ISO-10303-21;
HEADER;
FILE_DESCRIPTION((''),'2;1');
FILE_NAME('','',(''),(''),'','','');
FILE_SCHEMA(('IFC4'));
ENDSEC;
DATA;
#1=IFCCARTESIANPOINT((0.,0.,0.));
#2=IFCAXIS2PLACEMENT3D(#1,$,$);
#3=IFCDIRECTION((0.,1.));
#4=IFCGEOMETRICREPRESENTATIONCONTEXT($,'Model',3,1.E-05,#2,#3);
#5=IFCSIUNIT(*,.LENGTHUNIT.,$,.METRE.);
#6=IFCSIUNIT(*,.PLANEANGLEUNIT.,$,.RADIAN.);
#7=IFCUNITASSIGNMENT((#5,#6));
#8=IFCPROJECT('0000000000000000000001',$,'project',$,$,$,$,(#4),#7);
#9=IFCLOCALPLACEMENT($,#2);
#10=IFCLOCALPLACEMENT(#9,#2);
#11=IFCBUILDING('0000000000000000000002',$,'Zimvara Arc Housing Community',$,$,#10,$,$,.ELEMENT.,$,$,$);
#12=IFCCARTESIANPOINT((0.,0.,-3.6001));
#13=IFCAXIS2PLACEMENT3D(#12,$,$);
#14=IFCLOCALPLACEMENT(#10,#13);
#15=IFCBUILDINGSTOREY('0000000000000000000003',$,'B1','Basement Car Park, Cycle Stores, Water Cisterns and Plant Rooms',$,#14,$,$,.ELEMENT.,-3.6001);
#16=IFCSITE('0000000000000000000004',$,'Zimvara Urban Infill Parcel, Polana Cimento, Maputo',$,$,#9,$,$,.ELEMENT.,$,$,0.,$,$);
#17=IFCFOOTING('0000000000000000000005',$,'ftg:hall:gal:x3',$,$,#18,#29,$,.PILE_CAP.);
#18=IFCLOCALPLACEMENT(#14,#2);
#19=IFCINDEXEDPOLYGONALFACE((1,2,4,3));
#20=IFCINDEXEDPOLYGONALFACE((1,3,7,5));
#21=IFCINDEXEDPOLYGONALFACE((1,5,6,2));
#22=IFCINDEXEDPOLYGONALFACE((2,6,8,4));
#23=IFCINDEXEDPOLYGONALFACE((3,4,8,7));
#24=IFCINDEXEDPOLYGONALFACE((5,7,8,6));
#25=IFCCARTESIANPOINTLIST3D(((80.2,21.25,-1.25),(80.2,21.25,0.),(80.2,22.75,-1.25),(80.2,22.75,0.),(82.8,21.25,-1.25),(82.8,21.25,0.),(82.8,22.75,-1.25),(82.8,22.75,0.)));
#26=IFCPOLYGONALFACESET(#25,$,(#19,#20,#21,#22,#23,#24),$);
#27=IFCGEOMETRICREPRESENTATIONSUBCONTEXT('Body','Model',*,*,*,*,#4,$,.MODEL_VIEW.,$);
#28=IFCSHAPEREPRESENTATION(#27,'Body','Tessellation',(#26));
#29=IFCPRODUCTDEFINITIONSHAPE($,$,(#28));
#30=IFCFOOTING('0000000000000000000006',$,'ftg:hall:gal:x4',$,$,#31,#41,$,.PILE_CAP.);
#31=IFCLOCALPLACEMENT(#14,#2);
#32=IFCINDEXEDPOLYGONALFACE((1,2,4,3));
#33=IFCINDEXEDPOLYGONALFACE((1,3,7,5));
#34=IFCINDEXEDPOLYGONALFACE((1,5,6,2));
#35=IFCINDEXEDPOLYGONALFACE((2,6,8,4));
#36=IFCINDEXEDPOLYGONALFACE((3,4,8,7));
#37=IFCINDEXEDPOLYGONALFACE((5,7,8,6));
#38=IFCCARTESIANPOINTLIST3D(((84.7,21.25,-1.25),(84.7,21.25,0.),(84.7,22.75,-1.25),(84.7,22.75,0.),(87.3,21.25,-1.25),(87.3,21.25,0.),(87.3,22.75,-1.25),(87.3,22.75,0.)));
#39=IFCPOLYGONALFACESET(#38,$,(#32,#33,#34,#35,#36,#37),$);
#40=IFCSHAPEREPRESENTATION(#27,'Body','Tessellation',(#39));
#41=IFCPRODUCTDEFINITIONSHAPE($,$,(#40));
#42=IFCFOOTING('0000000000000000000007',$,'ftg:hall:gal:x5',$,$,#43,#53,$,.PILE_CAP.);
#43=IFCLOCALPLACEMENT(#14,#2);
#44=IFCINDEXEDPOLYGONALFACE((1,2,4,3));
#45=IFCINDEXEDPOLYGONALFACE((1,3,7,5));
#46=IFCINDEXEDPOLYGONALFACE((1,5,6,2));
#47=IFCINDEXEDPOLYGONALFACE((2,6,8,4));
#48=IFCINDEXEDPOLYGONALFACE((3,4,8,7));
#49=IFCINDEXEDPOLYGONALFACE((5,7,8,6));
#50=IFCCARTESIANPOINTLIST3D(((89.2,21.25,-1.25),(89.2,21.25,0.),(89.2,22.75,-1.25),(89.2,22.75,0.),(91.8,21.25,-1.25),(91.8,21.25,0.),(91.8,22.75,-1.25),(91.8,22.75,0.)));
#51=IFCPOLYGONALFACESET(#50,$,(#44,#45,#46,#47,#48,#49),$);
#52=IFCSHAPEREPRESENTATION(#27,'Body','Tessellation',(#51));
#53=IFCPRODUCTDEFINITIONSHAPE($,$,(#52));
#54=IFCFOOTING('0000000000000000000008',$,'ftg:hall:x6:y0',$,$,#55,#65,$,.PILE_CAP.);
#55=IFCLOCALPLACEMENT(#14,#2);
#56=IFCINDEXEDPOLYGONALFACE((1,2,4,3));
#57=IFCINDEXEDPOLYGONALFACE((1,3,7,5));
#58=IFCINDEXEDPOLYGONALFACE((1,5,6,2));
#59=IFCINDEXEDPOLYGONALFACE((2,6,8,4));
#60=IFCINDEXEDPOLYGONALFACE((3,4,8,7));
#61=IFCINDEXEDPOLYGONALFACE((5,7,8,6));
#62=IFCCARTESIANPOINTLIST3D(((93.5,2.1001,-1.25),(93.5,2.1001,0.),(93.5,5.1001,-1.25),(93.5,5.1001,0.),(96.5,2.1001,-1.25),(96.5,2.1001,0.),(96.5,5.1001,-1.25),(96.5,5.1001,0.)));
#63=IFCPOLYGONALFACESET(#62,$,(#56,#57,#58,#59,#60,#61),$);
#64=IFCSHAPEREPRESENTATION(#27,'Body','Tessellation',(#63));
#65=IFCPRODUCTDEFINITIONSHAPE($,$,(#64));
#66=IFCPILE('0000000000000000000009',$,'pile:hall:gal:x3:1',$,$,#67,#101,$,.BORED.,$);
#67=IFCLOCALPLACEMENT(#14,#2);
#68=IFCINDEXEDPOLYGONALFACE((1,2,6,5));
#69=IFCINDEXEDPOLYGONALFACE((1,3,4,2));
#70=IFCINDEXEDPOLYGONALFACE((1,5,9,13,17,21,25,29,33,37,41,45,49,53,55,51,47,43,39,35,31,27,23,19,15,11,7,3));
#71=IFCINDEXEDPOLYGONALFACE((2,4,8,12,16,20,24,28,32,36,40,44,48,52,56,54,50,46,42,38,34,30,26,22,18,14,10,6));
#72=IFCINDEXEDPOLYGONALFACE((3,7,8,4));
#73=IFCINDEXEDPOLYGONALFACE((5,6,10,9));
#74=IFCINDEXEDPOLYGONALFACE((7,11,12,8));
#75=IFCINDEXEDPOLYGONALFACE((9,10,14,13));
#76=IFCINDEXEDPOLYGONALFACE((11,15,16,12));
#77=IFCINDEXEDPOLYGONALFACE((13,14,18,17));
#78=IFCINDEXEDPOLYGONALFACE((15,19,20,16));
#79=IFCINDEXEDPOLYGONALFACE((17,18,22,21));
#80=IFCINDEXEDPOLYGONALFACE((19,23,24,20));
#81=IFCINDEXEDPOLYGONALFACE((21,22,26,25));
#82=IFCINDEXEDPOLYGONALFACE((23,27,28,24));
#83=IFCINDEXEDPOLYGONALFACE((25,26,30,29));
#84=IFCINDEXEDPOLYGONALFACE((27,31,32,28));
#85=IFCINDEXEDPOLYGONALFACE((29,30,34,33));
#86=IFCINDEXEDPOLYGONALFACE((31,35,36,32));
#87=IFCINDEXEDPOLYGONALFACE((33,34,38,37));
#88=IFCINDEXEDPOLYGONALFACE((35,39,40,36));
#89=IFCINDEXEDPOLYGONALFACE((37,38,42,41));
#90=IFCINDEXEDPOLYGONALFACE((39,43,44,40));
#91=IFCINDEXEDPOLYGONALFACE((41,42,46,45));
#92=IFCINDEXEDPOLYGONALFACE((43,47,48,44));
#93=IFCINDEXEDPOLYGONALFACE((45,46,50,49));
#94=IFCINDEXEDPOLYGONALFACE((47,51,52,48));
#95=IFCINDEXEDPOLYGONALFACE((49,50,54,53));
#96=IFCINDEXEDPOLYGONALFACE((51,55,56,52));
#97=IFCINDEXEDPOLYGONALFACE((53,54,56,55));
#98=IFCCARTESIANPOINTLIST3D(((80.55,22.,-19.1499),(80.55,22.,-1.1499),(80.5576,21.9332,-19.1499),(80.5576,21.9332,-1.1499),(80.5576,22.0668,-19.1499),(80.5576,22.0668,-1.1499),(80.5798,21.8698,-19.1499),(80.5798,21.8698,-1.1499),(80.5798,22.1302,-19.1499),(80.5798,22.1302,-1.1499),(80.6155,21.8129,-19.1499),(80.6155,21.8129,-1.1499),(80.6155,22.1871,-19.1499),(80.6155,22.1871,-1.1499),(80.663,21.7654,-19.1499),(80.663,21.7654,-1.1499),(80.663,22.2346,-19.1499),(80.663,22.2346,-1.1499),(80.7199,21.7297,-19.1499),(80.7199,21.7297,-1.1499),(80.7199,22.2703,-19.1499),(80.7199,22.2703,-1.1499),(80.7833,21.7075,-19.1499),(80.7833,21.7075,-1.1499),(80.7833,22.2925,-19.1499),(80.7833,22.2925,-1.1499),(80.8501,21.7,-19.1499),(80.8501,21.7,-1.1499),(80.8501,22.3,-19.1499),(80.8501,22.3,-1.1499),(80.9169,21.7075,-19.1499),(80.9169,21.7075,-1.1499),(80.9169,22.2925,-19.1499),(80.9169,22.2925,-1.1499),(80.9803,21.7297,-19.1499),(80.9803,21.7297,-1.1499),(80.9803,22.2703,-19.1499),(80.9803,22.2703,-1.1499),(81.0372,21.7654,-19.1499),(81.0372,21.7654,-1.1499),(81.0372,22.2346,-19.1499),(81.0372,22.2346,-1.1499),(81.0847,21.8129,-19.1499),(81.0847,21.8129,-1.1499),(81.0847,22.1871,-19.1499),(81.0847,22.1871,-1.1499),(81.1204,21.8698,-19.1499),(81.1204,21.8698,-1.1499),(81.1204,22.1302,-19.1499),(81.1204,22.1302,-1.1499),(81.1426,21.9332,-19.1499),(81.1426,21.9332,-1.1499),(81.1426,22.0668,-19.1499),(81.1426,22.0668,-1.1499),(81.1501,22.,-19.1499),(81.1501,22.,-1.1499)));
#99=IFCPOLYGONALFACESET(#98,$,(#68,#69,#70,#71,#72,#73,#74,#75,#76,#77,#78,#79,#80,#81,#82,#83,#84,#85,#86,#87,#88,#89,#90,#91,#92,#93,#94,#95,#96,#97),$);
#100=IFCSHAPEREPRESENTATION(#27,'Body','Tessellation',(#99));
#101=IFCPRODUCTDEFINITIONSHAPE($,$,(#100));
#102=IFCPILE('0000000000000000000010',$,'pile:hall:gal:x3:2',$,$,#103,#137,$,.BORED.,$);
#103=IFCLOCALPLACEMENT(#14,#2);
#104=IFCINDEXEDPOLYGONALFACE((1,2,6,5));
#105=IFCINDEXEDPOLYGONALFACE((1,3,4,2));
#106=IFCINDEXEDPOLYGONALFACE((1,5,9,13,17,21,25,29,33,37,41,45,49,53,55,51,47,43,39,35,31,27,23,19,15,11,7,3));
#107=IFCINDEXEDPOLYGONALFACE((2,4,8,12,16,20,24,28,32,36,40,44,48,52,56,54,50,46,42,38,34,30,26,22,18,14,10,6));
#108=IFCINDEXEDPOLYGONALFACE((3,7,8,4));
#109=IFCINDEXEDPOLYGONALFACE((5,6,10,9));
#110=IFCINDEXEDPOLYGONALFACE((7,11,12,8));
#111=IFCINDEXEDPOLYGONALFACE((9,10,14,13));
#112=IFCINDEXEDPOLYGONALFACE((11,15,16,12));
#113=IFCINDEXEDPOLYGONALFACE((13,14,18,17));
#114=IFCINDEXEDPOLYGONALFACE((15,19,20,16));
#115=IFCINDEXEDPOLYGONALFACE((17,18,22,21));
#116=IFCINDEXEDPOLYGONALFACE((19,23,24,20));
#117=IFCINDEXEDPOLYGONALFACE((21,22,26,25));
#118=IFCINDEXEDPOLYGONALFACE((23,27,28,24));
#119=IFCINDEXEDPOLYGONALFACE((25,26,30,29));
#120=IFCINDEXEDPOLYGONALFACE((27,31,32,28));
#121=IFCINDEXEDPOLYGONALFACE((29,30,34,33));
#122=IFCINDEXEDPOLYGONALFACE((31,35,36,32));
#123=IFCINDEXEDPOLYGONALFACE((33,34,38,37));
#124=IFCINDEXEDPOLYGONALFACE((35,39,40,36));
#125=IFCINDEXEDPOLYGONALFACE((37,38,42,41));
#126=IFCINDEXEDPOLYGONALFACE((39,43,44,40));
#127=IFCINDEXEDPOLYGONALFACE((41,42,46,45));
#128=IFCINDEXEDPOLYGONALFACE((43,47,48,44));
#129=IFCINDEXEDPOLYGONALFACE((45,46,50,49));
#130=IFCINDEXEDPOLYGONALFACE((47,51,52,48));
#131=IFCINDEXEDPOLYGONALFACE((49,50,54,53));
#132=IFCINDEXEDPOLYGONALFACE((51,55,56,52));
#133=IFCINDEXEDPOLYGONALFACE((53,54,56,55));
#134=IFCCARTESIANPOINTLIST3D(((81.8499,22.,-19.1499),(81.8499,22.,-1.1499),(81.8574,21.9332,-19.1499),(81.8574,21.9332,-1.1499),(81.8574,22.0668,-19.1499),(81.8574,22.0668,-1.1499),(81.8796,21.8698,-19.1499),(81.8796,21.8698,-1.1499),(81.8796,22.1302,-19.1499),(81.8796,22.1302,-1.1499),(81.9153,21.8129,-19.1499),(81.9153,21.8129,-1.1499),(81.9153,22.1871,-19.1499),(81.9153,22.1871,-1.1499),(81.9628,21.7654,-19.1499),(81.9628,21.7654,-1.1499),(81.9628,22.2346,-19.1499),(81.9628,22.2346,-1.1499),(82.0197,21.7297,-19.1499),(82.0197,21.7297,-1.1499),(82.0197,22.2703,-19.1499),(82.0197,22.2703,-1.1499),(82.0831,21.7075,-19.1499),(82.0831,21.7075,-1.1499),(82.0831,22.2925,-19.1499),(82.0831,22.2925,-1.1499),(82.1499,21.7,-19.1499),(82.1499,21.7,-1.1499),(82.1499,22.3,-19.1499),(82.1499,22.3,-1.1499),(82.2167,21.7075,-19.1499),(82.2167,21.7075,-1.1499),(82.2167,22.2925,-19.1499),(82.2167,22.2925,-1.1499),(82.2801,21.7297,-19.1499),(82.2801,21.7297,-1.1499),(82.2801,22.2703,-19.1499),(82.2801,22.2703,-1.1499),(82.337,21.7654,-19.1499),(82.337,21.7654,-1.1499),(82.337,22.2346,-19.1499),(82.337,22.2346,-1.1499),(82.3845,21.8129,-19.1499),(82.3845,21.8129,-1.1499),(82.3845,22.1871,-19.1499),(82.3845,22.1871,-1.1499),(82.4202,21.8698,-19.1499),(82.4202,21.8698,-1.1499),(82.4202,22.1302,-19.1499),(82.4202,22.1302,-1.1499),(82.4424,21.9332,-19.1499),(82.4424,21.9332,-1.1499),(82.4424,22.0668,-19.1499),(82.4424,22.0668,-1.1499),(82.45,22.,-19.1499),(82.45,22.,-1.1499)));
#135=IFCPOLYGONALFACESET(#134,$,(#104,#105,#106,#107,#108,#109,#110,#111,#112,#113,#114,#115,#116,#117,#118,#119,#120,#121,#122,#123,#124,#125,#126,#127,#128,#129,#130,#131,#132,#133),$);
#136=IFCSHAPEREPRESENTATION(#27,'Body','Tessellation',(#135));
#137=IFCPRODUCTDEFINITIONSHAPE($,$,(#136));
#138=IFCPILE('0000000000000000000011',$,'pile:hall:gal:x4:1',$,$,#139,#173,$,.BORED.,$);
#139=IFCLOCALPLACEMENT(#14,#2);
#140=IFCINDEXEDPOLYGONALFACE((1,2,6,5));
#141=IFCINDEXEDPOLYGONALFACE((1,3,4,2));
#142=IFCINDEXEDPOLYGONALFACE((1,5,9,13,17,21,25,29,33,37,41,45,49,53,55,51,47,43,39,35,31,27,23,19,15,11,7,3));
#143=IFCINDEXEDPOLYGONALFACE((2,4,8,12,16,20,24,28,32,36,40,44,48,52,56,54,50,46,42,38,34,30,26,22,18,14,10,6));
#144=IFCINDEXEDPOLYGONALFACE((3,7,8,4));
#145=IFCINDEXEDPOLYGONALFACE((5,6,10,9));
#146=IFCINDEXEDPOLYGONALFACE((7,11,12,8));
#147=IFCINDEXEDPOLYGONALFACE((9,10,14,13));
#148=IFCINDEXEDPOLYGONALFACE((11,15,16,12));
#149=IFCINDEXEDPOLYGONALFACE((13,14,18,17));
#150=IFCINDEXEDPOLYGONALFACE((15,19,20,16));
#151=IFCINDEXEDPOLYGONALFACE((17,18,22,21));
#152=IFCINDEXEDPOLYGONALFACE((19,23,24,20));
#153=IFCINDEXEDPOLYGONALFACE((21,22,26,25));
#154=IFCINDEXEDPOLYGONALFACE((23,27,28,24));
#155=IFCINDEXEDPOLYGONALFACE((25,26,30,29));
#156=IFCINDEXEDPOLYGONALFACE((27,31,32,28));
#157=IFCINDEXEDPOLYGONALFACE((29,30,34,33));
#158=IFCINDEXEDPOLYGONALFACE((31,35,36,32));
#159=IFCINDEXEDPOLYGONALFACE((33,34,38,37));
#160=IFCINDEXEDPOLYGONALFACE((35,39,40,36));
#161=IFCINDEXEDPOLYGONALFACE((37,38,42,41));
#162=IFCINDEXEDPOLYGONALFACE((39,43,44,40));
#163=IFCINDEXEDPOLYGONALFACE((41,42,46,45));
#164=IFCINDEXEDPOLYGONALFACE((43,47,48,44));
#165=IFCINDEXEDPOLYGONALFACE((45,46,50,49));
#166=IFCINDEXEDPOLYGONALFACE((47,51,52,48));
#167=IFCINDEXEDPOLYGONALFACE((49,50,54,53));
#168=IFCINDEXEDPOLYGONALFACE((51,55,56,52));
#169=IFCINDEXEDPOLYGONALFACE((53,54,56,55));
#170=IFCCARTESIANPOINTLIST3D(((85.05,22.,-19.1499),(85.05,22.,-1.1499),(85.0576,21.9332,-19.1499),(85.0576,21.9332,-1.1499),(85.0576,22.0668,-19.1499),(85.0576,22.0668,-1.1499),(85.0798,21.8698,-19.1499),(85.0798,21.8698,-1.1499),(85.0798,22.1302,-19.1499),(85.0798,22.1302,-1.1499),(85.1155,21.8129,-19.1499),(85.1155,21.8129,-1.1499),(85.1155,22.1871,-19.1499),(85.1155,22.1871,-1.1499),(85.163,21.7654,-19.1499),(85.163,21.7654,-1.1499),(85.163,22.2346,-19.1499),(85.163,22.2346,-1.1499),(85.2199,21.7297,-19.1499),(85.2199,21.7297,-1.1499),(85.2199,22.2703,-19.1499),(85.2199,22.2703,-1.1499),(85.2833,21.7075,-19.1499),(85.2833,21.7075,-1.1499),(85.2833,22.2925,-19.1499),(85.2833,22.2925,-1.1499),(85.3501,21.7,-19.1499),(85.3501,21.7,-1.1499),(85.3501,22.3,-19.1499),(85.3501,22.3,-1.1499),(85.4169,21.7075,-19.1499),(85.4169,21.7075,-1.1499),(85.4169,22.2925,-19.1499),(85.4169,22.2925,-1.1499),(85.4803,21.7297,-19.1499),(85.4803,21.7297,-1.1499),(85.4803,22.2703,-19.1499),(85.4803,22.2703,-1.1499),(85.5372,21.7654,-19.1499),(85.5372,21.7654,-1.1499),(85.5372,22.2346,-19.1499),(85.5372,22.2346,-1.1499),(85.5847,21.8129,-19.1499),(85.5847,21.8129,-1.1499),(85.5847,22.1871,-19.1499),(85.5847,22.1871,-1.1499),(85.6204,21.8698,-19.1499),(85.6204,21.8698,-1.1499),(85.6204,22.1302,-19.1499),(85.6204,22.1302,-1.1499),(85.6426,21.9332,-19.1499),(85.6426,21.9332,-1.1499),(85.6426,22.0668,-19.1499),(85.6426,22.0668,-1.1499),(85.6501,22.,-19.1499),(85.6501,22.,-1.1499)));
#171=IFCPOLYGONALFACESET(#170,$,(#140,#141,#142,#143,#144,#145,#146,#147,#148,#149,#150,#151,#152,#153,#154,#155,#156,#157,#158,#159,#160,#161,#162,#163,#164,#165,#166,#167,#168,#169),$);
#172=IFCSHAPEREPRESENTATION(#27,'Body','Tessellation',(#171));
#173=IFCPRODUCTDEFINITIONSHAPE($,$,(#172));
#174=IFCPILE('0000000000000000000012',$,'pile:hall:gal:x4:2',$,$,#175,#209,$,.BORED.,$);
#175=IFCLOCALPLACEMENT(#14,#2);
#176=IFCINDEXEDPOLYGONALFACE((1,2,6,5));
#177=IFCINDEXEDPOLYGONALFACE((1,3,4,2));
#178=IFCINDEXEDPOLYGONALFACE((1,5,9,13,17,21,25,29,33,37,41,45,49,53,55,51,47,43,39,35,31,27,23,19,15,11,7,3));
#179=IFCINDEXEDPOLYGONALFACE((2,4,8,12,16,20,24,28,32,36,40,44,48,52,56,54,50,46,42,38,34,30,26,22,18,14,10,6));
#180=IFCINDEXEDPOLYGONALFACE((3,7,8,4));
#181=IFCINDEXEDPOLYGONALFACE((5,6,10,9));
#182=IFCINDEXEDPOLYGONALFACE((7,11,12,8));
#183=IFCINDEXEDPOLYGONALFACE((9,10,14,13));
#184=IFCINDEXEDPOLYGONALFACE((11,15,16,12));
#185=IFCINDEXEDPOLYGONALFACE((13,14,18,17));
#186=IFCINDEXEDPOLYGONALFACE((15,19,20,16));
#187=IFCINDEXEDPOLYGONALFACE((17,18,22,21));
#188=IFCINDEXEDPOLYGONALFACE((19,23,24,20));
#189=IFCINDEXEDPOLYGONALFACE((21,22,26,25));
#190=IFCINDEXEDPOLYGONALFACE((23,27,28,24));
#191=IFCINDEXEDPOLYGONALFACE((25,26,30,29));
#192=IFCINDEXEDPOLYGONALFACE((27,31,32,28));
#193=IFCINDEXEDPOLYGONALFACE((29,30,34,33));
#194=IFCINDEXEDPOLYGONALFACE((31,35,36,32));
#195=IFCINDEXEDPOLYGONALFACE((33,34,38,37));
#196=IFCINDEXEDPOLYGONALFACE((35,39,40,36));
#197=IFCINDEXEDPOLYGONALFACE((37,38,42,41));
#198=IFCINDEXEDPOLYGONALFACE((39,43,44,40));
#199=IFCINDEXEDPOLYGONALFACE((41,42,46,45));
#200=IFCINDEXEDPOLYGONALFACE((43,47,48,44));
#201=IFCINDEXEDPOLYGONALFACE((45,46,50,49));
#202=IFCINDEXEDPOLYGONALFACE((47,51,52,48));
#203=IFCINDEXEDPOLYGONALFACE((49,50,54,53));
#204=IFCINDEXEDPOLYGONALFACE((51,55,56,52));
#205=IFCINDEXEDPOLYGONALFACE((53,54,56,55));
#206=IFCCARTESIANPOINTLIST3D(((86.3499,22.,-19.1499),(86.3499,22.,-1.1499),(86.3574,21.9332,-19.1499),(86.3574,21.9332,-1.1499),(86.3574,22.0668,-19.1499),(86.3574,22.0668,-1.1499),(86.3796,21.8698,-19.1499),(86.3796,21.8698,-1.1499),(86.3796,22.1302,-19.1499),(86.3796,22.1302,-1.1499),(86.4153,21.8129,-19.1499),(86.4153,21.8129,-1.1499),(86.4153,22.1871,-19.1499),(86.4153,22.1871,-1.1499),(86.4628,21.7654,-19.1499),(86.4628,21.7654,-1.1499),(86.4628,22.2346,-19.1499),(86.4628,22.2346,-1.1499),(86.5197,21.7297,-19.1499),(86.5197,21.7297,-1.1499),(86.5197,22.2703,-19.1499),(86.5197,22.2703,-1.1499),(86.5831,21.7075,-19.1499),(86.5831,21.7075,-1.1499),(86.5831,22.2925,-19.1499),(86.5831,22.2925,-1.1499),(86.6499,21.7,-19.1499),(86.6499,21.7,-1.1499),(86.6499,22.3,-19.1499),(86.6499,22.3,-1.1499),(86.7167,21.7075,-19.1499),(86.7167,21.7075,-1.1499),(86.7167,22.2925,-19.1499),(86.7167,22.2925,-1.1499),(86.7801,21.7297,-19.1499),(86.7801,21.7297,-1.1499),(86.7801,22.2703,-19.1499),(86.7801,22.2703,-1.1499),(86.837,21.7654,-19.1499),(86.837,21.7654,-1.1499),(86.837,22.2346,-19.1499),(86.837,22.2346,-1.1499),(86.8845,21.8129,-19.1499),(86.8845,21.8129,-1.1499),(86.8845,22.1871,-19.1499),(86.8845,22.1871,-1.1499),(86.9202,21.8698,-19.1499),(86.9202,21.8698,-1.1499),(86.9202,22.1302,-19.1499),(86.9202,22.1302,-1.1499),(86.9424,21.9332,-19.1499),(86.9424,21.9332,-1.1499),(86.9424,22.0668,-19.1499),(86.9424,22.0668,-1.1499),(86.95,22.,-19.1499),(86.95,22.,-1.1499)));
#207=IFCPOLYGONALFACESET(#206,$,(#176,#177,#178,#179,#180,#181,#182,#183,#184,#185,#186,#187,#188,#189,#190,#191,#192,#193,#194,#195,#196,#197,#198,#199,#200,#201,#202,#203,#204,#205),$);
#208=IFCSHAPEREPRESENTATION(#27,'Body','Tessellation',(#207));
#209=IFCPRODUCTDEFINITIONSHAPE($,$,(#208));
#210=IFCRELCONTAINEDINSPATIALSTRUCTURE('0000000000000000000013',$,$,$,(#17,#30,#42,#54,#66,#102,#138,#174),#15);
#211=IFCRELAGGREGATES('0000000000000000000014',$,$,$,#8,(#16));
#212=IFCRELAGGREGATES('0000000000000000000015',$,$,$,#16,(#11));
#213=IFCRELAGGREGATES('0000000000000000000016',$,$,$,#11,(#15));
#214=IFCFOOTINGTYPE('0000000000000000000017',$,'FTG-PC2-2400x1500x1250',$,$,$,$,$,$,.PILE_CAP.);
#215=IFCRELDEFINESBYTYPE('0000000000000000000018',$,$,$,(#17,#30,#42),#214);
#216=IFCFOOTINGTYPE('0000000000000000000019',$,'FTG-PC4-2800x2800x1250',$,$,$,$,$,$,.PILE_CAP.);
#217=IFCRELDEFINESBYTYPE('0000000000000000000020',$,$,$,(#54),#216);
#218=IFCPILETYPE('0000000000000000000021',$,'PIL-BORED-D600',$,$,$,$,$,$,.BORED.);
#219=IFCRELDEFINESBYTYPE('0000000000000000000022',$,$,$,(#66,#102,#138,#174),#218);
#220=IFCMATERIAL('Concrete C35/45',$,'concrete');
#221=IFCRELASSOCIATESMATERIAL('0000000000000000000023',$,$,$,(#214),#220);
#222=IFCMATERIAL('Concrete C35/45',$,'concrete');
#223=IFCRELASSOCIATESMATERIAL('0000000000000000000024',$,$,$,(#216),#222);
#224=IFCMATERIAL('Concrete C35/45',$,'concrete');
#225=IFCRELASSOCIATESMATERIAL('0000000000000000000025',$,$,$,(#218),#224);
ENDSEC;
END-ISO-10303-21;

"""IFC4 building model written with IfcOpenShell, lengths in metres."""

from ifc_helpers import new_model, si_unit, direction, frame, origin, origin_2d, place, context, subcontext, project, spatial, rectangle, circle, extrude, material, material_profile, profile_set, type_object, element, save


model = new_model("IFC4")

# Units and contexts
model_context = context("Model", 3, precision=1e-05, world=origin(), true_north=direction((0.0, 1.0)))
body_context = subcontext(model_context, "Body", "Model", "MODEL_VIEW")
ifc_project = project(units=[si_unit("LENGTHUNIT", "METRE"), si_unit("PLANEANGLEUNIT", "RADIAN")], contexts=[model_context])

# Site, building, storey
site_placement = place(None, origin())
site = spatial("IfcSite", under=ifc_project, at=site_placement, Name="Zimvara Urban Infill Parcel, Polana Cimento, Maputo", CompositionType="ELEMENT", RefElevation=0.0)
building_placement = place(site_placement, origin())
building = spatial("IfcBuilding", under=site, at=building_placement, Name="Zimvara Arc Housing Community", CompositionType="ELEMENT")
storey_placement = place(building_placement, frame((0.0, 0.0, -3.6001)))
storey = spatial("IfcBuildingStorey", under=building, at=storey_placement, Name="B1", Description="Basement Car Park, Cycle Stores, Water Cisterns and Plant Rooms", CompositionType="ELEMENT", Elevation=-3.6001)

# Footings
ifc_material_1 = material(Name="Concrete C35/45", Category="concrete")
footing_type_1 = type_object("IfcFootingType", Name="FTG-PC2-2400x1500x1250", PredefinedType="PILE_CAP", material=ifc_material_1)
for number, where, z_axis, x_axis, name in (
    (1, (81.5, 22.0, -1.25), (0.0, 0.0, 1.0), (1.0, 0.0, 0.0), "ftg:hall:gal:x3"),
    (2, (86.0, 22.0, -1.25), (0.0, 0.0, 1.0), (1.0, 0.0, 0.0), "ftg:hall:gal:x4"),
    (3, (90.5, 22.0, -1.25), (0.0, 0.0, 1.0), (1.0, 0.0, 0.0), "ftg:hall:gal:x5"),
):
    element("IfcFooting", number, at=place(storey_placement, frame(where, z_axis=z_axis, x_axis=x_axis)), inside=storey, type_object=footing_type_1, Name=name, PredefinedType="PILE_CAP", context=body_context, shape_type="SweptSolid", body=[
        extrude(rectangle(XDim=2.6001, YDim=1.5, at=origin_2d()), origin(), (0.0, 0.0, 1.0), 1.25),
    ])
ifc_material_2 = material(Name="Concrete C35/45", Category="concrete")
footing_type_2 = type_object("IfcFootingType", Name="FTG-PC4-2800x2800x1250", PredefinedType="PILE_CAP", material=ifc_material_2)
footing_placement = place(storey_placement, frame((95.0, 3.6001, -1.25), z_axis=(0.0, 0.0, 1.0), x_axis=(1.0, 0.0, 0.0)))
element("IfcFooting", 4, at=footing_placement, inside=storey, type_object=footing_type_2, Name="ftg:hall:x6:y0", PredefinedType="PILE_CAP", context=body_context, shape_type="SweptSolid", body=[
    extrude(rectangle(XDim=3.0, YDim=3.0, at=origin_2d()), origin(), (0.0, 0.0, 1.0), 1.25),
])

# Piles
ifc_material_3 = material(Name="Concrete C35/45", Category="concrete")
ifc_material_profile_1 = material_profile(ifc_material_3, circle(Radius=0.3, at=origin_2d()), Name="PILE D600")
ifc_profile_set_1 = profile_set([ifc_material_profile_1], Name="Concrete C35/45")
pile_type_1 = type_object("IfcPileType", Name="PIL-BORED-D600", PredefinedType="BORED", material=ifc_profile_set_1)
for number, where, z_axis, x_axis, name in (
    (5, (80.8501, 22.0, -1.1499), (0.0, 0.0, -1.0), (1.0, 0.0, 0.0), "pile:hall:gal:x3:1"),
    (6, (82.1499, 22.0, -1.1499), (0.0, 0.0, -1.0), (1.0, 0.0, 0.0), "pile:hall:gal:x3:2"),
    (7, (85.3501, 22.0, -1.1499), (0.0, 0.0, -1.0), (1.0, 0.0, 0.0), "pile:hall:gal:x4:1"),
    (8, (86.6499, 22.0, -1.1499), (0.0, 0.0, -1.0), (1.0, 0.0, 0.0), "pile:hall:gal:x4:2"),
):
    element("IfcPile", number, at=place(storey_placement, frame(where, z_axis=z_axis, x_axis=x_axis)), inside=storey, type_object=pile_type_1, Name=name, PredefinedType="BORED", context=body_context, shape_type="SweptSolid", body=[
        extrude(circle(Radius=0.3, at=origin_2d()), origin(), (0.0, 0.0, 1.0), 18.0),
    ])

save(model, "model.ifc")
